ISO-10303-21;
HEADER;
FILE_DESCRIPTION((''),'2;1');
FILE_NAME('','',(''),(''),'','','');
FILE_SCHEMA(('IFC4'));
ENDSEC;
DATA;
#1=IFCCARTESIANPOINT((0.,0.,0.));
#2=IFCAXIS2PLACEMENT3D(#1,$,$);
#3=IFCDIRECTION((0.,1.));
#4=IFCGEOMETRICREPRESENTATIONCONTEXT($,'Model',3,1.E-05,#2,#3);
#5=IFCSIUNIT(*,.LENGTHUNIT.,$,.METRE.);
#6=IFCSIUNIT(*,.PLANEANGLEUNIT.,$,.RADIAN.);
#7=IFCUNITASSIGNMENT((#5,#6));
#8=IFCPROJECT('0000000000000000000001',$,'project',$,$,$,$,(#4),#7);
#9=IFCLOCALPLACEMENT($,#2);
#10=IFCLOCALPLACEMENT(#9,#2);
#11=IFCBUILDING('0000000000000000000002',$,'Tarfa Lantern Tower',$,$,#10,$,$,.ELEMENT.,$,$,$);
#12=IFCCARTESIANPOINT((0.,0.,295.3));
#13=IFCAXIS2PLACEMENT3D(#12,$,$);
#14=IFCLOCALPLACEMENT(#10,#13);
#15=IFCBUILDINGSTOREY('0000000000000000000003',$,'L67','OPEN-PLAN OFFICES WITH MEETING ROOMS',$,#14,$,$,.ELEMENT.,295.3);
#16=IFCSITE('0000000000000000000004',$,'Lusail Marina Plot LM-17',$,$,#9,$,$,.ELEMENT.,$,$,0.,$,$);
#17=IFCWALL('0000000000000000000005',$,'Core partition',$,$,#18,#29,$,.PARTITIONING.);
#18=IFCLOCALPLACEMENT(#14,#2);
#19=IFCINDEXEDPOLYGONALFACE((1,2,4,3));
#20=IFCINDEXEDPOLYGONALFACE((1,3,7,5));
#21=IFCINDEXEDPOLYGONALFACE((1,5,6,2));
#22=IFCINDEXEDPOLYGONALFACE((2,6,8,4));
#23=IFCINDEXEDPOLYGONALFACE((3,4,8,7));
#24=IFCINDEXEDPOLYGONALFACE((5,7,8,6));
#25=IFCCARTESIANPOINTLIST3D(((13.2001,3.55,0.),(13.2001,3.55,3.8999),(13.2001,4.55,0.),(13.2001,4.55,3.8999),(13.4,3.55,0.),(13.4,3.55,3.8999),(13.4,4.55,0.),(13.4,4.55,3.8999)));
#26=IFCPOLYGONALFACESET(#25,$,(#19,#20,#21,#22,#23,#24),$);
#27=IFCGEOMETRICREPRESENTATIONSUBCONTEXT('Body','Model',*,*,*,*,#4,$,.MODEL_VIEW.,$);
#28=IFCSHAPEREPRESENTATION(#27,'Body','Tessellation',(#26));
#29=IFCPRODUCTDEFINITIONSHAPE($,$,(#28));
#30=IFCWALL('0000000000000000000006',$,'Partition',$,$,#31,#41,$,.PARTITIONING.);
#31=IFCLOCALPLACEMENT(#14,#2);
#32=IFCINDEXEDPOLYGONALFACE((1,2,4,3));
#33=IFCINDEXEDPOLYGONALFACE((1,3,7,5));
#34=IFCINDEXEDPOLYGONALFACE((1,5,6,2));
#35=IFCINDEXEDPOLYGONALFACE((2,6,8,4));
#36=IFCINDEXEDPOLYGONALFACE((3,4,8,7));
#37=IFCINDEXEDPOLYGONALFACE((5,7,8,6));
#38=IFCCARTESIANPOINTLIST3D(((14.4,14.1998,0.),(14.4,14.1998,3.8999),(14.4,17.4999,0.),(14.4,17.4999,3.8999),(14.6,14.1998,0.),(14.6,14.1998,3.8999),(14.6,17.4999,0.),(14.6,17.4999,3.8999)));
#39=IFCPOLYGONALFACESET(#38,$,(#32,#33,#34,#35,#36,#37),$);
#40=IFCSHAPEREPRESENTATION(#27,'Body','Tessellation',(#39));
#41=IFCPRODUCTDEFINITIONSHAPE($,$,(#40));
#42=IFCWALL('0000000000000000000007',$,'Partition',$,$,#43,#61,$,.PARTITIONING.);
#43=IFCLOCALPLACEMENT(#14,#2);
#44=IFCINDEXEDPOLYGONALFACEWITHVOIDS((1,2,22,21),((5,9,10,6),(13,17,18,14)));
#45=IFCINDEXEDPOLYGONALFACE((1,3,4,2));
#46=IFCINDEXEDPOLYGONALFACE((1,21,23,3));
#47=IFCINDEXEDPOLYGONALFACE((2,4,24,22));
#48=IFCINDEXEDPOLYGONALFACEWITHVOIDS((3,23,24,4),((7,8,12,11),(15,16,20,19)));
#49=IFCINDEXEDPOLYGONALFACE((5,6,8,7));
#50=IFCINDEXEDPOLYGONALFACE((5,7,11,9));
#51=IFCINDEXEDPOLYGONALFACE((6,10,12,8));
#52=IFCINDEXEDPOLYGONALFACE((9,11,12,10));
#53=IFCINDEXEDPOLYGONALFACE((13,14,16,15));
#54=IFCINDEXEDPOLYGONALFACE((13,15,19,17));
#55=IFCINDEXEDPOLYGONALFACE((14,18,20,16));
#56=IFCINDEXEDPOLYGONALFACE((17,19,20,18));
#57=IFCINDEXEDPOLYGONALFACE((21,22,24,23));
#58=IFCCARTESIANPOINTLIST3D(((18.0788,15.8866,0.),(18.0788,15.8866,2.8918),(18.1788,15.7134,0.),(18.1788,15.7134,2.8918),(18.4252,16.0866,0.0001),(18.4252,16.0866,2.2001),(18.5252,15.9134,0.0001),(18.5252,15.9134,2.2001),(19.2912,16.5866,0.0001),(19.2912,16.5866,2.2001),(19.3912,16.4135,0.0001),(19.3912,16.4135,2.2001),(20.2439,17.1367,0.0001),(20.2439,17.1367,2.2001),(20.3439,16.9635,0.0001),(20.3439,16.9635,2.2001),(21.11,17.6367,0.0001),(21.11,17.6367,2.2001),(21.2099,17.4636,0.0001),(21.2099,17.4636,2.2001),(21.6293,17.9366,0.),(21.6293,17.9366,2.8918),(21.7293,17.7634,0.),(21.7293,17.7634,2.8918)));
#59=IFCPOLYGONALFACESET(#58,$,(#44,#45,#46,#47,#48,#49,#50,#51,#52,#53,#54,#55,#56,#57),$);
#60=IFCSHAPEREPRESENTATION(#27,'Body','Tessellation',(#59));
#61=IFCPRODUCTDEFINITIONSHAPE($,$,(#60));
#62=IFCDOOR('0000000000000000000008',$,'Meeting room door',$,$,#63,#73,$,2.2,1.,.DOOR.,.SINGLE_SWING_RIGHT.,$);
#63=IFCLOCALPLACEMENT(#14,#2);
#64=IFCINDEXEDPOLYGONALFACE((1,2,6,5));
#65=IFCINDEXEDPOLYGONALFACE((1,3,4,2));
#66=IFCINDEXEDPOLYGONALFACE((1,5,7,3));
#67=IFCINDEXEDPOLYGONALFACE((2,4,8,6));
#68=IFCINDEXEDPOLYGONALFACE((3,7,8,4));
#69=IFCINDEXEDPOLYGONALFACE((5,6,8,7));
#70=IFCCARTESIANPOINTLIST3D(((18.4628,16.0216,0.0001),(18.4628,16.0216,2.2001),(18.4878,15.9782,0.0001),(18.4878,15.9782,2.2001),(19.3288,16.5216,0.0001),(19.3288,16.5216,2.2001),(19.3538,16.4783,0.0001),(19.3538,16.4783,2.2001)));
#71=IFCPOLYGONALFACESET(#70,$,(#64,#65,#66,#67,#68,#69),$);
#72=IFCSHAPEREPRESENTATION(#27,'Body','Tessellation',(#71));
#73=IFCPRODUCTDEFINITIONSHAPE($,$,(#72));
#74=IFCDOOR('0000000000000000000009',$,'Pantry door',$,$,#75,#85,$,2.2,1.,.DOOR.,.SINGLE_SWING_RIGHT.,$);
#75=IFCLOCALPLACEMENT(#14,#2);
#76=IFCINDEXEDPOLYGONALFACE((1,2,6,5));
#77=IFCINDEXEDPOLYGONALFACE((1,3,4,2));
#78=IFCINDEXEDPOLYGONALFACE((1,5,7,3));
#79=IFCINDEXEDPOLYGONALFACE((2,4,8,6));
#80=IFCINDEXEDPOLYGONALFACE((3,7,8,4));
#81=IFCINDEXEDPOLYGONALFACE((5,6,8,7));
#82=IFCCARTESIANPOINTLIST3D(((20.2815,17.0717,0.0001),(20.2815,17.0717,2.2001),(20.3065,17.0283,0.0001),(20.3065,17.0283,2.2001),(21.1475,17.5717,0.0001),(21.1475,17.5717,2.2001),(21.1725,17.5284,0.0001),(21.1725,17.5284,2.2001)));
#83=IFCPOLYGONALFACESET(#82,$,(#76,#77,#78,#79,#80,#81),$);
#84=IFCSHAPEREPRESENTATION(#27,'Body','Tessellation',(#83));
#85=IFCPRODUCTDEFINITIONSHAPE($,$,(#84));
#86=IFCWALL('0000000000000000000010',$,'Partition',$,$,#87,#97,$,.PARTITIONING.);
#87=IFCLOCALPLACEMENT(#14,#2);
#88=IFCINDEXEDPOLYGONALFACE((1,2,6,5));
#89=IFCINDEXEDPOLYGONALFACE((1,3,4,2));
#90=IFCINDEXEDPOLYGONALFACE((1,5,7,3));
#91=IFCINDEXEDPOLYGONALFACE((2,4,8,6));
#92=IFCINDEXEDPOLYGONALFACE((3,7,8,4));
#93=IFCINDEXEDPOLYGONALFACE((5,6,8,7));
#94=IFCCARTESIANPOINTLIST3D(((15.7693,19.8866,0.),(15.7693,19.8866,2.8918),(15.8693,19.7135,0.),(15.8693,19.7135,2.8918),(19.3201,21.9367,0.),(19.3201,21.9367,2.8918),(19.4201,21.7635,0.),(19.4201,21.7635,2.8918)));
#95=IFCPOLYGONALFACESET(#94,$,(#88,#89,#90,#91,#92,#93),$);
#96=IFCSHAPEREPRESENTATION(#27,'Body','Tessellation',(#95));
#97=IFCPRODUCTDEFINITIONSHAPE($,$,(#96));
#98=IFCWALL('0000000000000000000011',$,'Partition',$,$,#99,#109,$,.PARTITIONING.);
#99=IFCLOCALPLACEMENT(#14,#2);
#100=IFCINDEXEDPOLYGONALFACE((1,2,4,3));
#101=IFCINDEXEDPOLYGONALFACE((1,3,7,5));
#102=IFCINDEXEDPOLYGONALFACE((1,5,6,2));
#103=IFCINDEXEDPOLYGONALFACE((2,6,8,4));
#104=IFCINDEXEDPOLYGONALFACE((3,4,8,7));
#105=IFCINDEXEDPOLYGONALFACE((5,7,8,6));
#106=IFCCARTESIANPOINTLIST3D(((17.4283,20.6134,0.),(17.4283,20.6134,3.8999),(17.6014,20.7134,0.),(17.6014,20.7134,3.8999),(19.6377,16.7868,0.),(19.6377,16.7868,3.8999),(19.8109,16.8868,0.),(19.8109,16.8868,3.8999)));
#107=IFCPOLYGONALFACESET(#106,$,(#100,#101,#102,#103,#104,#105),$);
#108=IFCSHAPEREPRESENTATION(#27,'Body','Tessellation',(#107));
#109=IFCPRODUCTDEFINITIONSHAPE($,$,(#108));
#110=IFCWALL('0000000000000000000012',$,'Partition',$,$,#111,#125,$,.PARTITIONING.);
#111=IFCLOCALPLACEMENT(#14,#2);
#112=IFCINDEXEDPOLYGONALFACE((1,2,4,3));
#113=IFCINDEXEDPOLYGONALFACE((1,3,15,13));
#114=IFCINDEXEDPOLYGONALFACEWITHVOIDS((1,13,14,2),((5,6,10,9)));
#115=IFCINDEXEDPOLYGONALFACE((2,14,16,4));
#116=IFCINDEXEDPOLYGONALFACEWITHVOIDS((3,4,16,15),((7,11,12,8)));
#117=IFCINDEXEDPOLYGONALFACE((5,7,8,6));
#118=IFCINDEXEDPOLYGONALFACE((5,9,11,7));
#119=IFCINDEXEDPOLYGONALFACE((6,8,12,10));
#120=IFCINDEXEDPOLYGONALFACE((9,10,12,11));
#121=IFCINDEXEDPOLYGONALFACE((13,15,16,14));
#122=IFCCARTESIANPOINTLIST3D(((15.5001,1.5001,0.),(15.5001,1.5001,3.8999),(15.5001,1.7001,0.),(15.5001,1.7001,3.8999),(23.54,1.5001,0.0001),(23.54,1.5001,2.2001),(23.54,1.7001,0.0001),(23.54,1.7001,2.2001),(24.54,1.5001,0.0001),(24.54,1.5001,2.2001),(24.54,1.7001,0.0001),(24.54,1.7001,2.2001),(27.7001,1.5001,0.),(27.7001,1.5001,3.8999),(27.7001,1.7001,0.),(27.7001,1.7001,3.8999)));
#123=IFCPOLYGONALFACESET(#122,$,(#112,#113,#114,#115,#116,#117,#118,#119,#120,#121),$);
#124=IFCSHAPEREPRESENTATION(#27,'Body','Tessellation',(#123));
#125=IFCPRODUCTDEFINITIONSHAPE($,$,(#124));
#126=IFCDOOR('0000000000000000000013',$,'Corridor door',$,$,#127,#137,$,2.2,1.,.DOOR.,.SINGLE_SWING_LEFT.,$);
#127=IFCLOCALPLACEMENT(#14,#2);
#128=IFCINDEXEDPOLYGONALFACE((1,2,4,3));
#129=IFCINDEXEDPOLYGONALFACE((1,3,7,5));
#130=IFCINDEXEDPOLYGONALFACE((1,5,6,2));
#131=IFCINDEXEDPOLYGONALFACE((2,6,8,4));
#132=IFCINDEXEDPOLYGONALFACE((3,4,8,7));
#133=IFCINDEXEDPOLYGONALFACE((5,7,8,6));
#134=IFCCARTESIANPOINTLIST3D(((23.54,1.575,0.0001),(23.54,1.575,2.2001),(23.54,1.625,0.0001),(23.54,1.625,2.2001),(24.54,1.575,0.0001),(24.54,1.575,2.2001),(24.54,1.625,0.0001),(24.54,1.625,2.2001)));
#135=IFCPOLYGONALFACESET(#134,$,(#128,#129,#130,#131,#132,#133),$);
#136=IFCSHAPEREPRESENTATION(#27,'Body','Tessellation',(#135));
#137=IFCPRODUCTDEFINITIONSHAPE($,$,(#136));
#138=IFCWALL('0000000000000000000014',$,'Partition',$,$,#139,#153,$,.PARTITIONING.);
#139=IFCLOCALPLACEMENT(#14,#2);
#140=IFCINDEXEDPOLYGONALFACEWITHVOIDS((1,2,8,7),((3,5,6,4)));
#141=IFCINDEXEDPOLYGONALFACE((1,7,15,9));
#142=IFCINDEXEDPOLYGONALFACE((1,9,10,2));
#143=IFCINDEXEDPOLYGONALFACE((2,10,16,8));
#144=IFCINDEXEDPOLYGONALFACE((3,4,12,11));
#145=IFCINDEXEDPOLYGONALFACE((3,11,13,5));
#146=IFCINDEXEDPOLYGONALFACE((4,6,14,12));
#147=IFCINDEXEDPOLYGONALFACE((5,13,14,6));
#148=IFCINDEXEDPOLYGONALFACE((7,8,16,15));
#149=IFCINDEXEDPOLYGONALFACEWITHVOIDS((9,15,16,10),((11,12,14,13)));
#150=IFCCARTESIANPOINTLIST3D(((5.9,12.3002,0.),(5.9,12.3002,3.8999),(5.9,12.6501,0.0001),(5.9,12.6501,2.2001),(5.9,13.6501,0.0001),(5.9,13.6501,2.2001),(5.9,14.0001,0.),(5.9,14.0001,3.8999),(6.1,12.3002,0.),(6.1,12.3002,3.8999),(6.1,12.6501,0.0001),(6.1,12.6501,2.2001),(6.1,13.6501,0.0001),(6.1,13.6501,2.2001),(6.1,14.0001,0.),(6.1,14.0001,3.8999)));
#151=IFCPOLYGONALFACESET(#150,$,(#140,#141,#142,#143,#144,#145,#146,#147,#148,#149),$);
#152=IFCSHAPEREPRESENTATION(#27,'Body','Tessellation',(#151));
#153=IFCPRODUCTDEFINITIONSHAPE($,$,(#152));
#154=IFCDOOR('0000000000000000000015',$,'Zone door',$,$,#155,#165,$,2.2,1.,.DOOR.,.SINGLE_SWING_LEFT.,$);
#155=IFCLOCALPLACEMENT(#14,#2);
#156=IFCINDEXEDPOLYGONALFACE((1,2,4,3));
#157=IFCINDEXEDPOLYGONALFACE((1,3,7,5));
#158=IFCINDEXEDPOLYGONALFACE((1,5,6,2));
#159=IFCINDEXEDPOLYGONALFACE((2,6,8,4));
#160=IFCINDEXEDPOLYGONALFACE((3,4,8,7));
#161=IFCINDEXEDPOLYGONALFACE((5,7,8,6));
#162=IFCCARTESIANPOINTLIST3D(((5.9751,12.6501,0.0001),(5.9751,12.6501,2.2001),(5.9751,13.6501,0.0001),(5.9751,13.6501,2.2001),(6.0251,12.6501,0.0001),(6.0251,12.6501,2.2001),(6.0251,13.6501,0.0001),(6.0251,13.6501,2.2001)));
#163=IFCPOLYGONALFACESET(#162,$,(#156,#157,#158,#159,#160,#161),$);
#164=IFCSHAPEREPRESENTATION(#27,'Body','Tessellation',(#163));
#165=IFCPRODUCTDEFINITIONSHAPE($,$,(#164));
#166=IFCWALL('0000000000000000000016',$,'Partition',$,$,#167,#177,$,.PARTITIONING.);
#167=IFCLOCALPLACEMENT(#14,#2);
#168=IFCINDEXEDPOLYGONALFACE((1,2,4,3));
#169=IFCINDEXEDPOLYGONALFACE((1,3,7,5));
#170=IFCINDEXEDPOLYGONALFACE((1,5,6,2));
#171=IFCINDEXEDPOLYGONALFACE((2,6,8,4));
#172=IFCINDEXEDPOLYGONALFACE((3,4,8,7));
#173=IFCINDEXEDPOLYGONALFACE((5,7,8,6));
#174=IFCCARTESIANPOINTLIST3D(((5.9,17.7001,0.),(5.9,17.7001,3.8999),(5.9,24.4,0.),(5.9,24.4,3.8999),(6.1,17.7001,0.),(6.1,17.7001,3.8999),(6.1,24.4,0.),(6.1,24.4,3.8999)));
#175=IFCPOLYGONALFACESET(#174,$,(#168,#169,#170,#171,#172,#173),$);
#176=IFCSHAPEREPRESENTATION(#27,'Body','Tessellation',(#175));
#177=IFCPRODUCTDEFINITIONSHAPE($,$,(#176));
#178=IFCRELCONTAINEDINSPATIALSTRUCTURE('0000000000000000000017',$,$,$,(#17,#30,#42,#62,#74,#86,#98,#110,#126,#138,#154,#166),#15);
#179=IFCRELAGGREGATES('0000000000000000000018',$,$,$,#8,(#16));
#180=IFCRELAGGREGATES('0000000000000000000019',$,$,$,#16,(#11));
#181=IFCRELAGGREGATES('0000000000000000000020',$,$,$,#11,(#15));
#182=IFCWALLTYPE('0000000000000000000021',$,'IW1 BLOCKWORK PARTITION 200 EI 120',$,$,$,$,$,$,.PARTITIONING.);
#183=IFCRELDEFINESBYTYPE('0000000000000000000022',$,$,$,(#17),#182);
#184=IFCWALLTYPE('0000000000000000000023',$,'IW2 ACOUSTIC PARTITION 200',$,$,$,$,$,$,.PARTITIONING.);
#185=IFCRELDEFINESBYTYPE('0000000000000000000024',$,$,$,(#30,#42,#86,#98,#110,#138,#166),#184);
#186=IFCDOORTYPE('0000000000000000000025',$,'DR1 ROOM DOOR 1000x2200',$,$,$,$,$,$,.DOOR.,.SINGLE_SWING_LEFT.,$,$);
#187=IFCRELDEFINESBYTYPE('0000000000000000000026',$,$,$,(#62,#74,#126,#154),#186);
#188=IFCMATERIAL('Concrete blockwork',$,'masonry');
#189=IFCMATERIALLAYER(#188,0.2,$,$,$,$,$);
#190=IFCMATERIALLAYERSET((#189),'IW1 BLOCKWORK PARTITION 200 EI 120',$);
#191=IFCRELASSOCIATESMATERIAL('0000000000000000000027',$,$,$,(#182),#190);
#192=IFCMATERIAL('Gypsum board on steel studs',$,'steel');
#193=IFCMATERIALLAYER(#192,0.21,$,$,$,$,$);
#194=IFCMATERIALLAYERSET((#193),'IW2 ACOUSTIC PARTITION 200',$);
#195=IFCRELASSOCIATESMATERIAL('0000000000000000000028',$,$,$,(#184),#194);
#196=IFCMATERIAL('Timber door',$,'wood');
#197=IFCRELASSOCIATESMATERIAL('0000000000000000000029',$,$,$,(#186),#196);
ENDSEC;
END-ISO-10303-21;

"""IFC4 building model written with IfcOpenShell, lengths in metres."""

from ifc_helpers import new_model, si_unit, direction, frame, frame_2d, origin, place, context, subcontext, project, spatial, rectangle, extrude, material, layer, layer_set, type_object, element, fill, save


model = new_model("IFC4")

# Units and contexts
model_context = context("Model", 3, precision=1e-05, world=origin(), true_north=direction((0.0, 1.0)))
body_context = subcontext(model_context, "Body", "Model", "MODEL_VIEW")
ifc_project = project(units=[si_unit("LENGTHUNIT", "METRE"), si_unit("PLANEANGLEUNIT", "RADIAN")], contexts=[model_context])

# Site, building, storey
site_placement = place(None, origin())
site = spatial("IfcSite", under=ifc_project, at=site_placement, Name="Lusail Marina Plot LM-17", CompositionType="ELEMENT", RefElevation=0.0)
building_placement = place(site_placement, origin())
building = spatial("IfcBuilding", under=site, at=building_placement, Name="Tarfa Lantern Tower", CompositionType="ELEMENT")
storey_placement = place(building_placement, frame((0.0, 0.0, 295.3)))
storey = spatial("IfcBuildingStorey", under=building, at=storey_placement, Name="L67", Description="OPEN-PLAN OFFICES WITH MEETING ROOMS", CompositionType="ELEMENT", Elevation=295.3)

# Walls
ifc_material_1 = material(Name="Concrete blockwork", Category="masonry")
ifc_layer_1 = layer(ifc_material_1, 0.2)
ifc_layer_set_1 = layer_set([ifc_layer_1], Name="IW1 BLOCKWORK PARTITION 200 EI 120")
wall_type_1 = type_object("IfcWallType", Name="IW1 BLOCKWORK PARTITION 200 EI 120", PredefinedType="PARTITIONING", material=ifc_layer_set_1)
for number, where, z_axis, x_axis, name in (
    (1, (13.3, 3.55, 0.0), (0.0, 0.0, 1.0), (0.0, 1.0, 0.0), "Core partition"),
):
    element("IfcWall", number, at=place(storey_placement, frame(where, z_axis=z_axis, x_axis=x_axis)), inside=storey, type_object=wall_type_1, Name=name, PredefinedType="PARTITIONING", context=body_context, shape_type="SweptSolid", body=[
        extrude(rectangle(XDim=1.0, YDim=0.2, at=frame_2d((0.5, 0.0))), origin(), (0.0, 0.0, 1.0), 3.8999),
    ])
ifc_material_2 = material(Name="Gypsum board on steel studs", Category="steel")
ifc_layer_2 = layer(ifc_material_2, 0.21)
ifc_layer_set_2 = layer_set([ifc_layer_2], Name="IW2 ACOUSTIC PARTITION 200")
wall_type_2 = type_object("IfcWallType", Name="IW2 ACOUSTIC PARTITION 200", PredefinedType="PARTITIONING", material=ifc_layer_set_2)
wall_1_placement = place(storey_placement, frame((14.5, 14.2, 0.0), z_axis=(0.0, 0.0, 1.0), x_axis=(0.0, 1.0, 0.0)))
element("IfcWall", 2, at=wall_1_placement, inside=storey, type_object=wall_type_2, Name="Partition", PredefinedType="PARTITIONING", context=body_context, shape_type="SweptSolid", body=[
    extrude(rectangle(XDim=3.3, YDim=0.2, at=frame_2d((1.6499, 0.0))), origin(), (0.0, 0.0, 1.0), 3.8999),
])

# Wall, openings, doors
wall_2_placement = place(storey_placement, frame((18.1289, 15.8, 0.0), z_axis=(0.0, 0.0, 1.0), x_axis=(0.86601, 0.500027, 0.0)))
wall_2 = element("IfcWall", 3, at=wall_2_placement, inside=storey, type_object=wall_type_2, Name="Partition", PredefinedType="PARTITIONING", context=body_context, shape_type="SweptSolid", body=[
    extrude(rectangle(XDim=4.0999, YDim=0.2, at=frame_2d((2.0498, 0.0))), origin(), (0.0, 0.0, 1.0), 2.8918),
])
opening_1_placement = place(wall_2_placement, frame((0.3999, 0.0, 0.0)))
opening_1 = element("IfcOpeningElement", 4, at=opening_1_placement, cuts=wall_2, PredefinedType="OPENING", context=body_context, shape_type="SweptSolid", body=[
    extrude(rectangle(XDim=1.0, YDim=2.2, at=frame_2d((0.5, 1.1001))), frame((0.0, 0.1099, 0.0), z_axis=(0.0, -1.0, 0.0), x_axis=(1.0, 0.0, 0.0)), (0.0, 0.0, 1.0), 0.22),
])
opening_2_placement = place(wall_2_placement, frame((2.5, 0.0, 0.0)))
opening_2 = element("IfcOpeningElement", 5, at=opening_2_placement, cuts=wall_2, PredefinedType="OPENING", context=body_context, shape_type="SweptSolid", body=[
    extrude(rectangle(XDim=1.0, YDim=2.2, at=frame_2d((0.5, 1.1001))), frame((0.0, 0.1099, 0.0), z_axis=(0.0, -1.0, 0.0), x_axis=(1.0, 0.0, 0.0)), (0.0, 0.0, 1.0), 0.22),
])
ifc_material_3 = material(Name="Timber door", Category="wood")
door_type_1 = type_object("IfcDoorType", Name="DR1 ROOM DOOR 1000x2200", OperationType="SINGLE_SWING_LEFT", PredefinedType="DOOR", material=ifc_material_3)
door_1_placement = place(opening_1_placement, origin())
door_1 = element("IfcDoor", 6, at=door_1_placement, inside=storey, type_object=door_type_1, Name="Meeting room door", OperationType="SINGLE_SWING_RIGHT", OverallHeight=2.2, OverallWidth=1.0, PredefinedType="DOOR", context=body_context, shape_type="SweptSolid", body=[
    extrude(rectangle(XDim=1.0, YDim=2.2, at=frame_2d((0.5, 1.1001))), frame((0.0, 0.0249, 0.0), z_axis=(0.0, -1.0, 0.0), x_axis=(1.0, 0.0, 0.0)), (0.0, 0.0, 1.0), 0.05),
])
fill(opening_1, door_1)
door_2_placement = place(opening_2_placement, origin())
door_2 = element("IfcDoor", 7, at=door_2_placement, inside=storey, type_object=door_type_1, Name="Pantry door", OperationType="SINGLE_SWING_RIGHT", OverallHeight=2.2, OverallWidth=1.0, PredefinedType="DOOR", context=body_context, shape_type="SweptSolid", body=[
    extrude(rectangle(XDim=1.0, YDim=2.2, at=frame_2d((0.5, 1.1001))), frame((0.0, 0.0249, 0.0), z_axis=(0.0, -1.0, 0.0), x_axis=(1.0, 0.0, 0.0)), (0.0, 0.0, 1.0), 0.05),
])
fill(opening_2, door_2)

# Walls
wall_3_placement = place(storey_placement, frame((15.8193, 19.8, 0.0), z_axis=(0.0, 0.0, 1.0), x_axis=(0.866025, 0.500001, 0.0)))
element("IfcWall", 8, at=wall_3_placement, inside=storey, type_object=wall_type_2, Name="Partition", PredefinedType="PARTITIONING", context=body_context, shape_type="SweptSolid", body=[
    extrude(rectangle(XDim=4.1001, YDim=0.2, at=frame_2d((2.05, 0.0))), origin(), (0.0, 0.0, 1.0), 2.8918),
])
wall_4_placement = place(storey_placement, frame((19.7244, 16.8367, 0.0), z_axis=(0.0, 0.0, 1.0), x_axis=(-0.500025, 0.866011, 0.0)))
element("IfcWall", 9, at=wall_4_placement, inside=storey, type_object=wall_type_2, Name="Partition", PredefinedType="PARTITIONING", context=body_context, shape_type="SweptSolid", body=[
    extrude(rectangle(XDim=4.4187, YDim=0.2, at=frame_2d((2.2095, 0.0))), origin(), (0.0, 0.0, 1.0), 3.8999),
])

# Walls, openings, doors
wall_5_placement = place(storey_placement, frame((15.5, 1.6001, 0.0), z_axis=(0.0, 0.0, 1.0), x_axis=(1.0, 0.0, 0.0)))
wall_5 = element("IfcWall", 10, at=wall_5_placement, inside=storey, type_object=wall_type_2, Name="Partition", PredefinedType="PARTITIONING", context=body_context, shape_type="SweptSolid", body=[
    extrude(rectangle(XDim=12.2, YDim=0.2, at=frame_2d((6.1001, 0.0))), origin(), (0.0, 0.0, 1.0), 3.8999),
])
opening_3_placement = place(wall_5_placement, frame((8.04, 0.0, 0.0)))
opening_3 = element("IfcOpeningElement", 11, at=opening_3_placement, cuts=wall_5, PredefinedType="OPENING", context=body_context, shape_type="SweptSolid", body=[
    extrude(rectangle(XDim=1.0, YDim=2.2, at=frame_2d((0.5, 1.1001))), frame((0.0, 0.1099, 0.0), z_axis=(0.0, -1.0, 0.0), x_axis=(1.0, 0.0, 0.0)), (0.0, 0.0, 1.0), 0.22),
])
door_3_placement = place(opening_3_placement, origin())
door_3 = element("IfcDoor", 12, at=door_3_placement, inside=storey, type_object=door_type_1, Name="Corridor door", OperationType="SINGLE_SWING_LEFT", OverallHeight=2.2, OverallWidth=1.0, PredefinedType="DOOR", context=body_context, shape_type="SweptSolid", body=[
    extrude(rectangle(XDim=1.0, YDim=2.2, at=frame_2d((0.5, 1.1001))), frame((0.0, 0.0249, 0.0), z_axis=(0.0, -1.0, 0.0), x_axis=(1.0, 0.0, 0.0)), (0.0, 0.0, 1.0), 0.05),
])
fill(opening_3, door_3)
wall_6_placement = place(storey_placement, frame((6.0, 12.3, 0.0), z_axis=(0.0, 0.0, 1.0), x_axis=(0.0, 1.0, 0.0)))
wall_6 = element("IfcWall", 13, at=wall_6_placement, inside=storey, type_object=wall_type_2, Name="Partition", PredefinedType="PARTITIONING", context=body_context, shape_type="SweptSolid", body=[
    extrude(rectangle(XDim=1.7, YDim=0.2, at=frame_2d((0.8501, 0.0))), origin(), (0.0, 0.0, 1.0), 3.8999),
])
opening_4_placement = place(wall_6_placement, frame((0.3501, 0.0, 0.0)))
opening_4 = element("IfcOpeningElement", 14, at=opening_4_placement, cuts=wall_6, PredefinedType="OPENING", context=body_context, shape_type="SweptSolid", body=[
    extrude(rectangle(XDim=1.0, YDim=2.2, at=frame_2d((0.5, 1.1001))), frame((0.0, 0.1099, 0.0), z_axis=(0.0, -1.0, 0.0), x_axis=(1.0, 0.0, 0.0)), (0.0, 0.0, 1.0), 0.22),
])
door_4_placement = place(opening_4_placement, origin())
door_4 = element("IfcDoor", 15, at=door_4_placement, inside=storey, type_object=door_type_1, Name="Zone door", OperationType="SINGLE_SWING_LEFT", OverallHeight=2.2, OverallWidth=1.0, PredefinedType="DOOR", context=body_context, shape_type="SweptSolid", body=[
    extrude(rectangle(XDim=1.0, YDim=2.2, at=frame_2d((0.5, 1.1001))), frame((0.0, 0.0249, 0.0), z_axis=(0.0, -1.0, 0.0), x_axis=(1.0, 0.0, 0.0)), (0.0, 0.0, 1.0), 0.05),
])
fill(opening_4, door_4)

# Wall
wall_7_placement = place(storey_placement, frame((6.0, 17.7, 0.0), z_axis=(0.0, 0.0, 1.0), x_axis=(0.0, 1.0, 0.0)))
element("IfcWall", 16, at=wall_7_placement, inside=storey, type_object=wall_type_2, Name="Partition", PredefinedType="PARTITIONING", context=body_context, shape_type="SweptSolid", body=[
    extrude(rectangle(XDim=6.7, YDim=0.2, at=frame_2d((3.3501, 0.0))), origin(), (0.0, 0.0, 1.0), 3.8999),
])

save(model, "model.ifc")
